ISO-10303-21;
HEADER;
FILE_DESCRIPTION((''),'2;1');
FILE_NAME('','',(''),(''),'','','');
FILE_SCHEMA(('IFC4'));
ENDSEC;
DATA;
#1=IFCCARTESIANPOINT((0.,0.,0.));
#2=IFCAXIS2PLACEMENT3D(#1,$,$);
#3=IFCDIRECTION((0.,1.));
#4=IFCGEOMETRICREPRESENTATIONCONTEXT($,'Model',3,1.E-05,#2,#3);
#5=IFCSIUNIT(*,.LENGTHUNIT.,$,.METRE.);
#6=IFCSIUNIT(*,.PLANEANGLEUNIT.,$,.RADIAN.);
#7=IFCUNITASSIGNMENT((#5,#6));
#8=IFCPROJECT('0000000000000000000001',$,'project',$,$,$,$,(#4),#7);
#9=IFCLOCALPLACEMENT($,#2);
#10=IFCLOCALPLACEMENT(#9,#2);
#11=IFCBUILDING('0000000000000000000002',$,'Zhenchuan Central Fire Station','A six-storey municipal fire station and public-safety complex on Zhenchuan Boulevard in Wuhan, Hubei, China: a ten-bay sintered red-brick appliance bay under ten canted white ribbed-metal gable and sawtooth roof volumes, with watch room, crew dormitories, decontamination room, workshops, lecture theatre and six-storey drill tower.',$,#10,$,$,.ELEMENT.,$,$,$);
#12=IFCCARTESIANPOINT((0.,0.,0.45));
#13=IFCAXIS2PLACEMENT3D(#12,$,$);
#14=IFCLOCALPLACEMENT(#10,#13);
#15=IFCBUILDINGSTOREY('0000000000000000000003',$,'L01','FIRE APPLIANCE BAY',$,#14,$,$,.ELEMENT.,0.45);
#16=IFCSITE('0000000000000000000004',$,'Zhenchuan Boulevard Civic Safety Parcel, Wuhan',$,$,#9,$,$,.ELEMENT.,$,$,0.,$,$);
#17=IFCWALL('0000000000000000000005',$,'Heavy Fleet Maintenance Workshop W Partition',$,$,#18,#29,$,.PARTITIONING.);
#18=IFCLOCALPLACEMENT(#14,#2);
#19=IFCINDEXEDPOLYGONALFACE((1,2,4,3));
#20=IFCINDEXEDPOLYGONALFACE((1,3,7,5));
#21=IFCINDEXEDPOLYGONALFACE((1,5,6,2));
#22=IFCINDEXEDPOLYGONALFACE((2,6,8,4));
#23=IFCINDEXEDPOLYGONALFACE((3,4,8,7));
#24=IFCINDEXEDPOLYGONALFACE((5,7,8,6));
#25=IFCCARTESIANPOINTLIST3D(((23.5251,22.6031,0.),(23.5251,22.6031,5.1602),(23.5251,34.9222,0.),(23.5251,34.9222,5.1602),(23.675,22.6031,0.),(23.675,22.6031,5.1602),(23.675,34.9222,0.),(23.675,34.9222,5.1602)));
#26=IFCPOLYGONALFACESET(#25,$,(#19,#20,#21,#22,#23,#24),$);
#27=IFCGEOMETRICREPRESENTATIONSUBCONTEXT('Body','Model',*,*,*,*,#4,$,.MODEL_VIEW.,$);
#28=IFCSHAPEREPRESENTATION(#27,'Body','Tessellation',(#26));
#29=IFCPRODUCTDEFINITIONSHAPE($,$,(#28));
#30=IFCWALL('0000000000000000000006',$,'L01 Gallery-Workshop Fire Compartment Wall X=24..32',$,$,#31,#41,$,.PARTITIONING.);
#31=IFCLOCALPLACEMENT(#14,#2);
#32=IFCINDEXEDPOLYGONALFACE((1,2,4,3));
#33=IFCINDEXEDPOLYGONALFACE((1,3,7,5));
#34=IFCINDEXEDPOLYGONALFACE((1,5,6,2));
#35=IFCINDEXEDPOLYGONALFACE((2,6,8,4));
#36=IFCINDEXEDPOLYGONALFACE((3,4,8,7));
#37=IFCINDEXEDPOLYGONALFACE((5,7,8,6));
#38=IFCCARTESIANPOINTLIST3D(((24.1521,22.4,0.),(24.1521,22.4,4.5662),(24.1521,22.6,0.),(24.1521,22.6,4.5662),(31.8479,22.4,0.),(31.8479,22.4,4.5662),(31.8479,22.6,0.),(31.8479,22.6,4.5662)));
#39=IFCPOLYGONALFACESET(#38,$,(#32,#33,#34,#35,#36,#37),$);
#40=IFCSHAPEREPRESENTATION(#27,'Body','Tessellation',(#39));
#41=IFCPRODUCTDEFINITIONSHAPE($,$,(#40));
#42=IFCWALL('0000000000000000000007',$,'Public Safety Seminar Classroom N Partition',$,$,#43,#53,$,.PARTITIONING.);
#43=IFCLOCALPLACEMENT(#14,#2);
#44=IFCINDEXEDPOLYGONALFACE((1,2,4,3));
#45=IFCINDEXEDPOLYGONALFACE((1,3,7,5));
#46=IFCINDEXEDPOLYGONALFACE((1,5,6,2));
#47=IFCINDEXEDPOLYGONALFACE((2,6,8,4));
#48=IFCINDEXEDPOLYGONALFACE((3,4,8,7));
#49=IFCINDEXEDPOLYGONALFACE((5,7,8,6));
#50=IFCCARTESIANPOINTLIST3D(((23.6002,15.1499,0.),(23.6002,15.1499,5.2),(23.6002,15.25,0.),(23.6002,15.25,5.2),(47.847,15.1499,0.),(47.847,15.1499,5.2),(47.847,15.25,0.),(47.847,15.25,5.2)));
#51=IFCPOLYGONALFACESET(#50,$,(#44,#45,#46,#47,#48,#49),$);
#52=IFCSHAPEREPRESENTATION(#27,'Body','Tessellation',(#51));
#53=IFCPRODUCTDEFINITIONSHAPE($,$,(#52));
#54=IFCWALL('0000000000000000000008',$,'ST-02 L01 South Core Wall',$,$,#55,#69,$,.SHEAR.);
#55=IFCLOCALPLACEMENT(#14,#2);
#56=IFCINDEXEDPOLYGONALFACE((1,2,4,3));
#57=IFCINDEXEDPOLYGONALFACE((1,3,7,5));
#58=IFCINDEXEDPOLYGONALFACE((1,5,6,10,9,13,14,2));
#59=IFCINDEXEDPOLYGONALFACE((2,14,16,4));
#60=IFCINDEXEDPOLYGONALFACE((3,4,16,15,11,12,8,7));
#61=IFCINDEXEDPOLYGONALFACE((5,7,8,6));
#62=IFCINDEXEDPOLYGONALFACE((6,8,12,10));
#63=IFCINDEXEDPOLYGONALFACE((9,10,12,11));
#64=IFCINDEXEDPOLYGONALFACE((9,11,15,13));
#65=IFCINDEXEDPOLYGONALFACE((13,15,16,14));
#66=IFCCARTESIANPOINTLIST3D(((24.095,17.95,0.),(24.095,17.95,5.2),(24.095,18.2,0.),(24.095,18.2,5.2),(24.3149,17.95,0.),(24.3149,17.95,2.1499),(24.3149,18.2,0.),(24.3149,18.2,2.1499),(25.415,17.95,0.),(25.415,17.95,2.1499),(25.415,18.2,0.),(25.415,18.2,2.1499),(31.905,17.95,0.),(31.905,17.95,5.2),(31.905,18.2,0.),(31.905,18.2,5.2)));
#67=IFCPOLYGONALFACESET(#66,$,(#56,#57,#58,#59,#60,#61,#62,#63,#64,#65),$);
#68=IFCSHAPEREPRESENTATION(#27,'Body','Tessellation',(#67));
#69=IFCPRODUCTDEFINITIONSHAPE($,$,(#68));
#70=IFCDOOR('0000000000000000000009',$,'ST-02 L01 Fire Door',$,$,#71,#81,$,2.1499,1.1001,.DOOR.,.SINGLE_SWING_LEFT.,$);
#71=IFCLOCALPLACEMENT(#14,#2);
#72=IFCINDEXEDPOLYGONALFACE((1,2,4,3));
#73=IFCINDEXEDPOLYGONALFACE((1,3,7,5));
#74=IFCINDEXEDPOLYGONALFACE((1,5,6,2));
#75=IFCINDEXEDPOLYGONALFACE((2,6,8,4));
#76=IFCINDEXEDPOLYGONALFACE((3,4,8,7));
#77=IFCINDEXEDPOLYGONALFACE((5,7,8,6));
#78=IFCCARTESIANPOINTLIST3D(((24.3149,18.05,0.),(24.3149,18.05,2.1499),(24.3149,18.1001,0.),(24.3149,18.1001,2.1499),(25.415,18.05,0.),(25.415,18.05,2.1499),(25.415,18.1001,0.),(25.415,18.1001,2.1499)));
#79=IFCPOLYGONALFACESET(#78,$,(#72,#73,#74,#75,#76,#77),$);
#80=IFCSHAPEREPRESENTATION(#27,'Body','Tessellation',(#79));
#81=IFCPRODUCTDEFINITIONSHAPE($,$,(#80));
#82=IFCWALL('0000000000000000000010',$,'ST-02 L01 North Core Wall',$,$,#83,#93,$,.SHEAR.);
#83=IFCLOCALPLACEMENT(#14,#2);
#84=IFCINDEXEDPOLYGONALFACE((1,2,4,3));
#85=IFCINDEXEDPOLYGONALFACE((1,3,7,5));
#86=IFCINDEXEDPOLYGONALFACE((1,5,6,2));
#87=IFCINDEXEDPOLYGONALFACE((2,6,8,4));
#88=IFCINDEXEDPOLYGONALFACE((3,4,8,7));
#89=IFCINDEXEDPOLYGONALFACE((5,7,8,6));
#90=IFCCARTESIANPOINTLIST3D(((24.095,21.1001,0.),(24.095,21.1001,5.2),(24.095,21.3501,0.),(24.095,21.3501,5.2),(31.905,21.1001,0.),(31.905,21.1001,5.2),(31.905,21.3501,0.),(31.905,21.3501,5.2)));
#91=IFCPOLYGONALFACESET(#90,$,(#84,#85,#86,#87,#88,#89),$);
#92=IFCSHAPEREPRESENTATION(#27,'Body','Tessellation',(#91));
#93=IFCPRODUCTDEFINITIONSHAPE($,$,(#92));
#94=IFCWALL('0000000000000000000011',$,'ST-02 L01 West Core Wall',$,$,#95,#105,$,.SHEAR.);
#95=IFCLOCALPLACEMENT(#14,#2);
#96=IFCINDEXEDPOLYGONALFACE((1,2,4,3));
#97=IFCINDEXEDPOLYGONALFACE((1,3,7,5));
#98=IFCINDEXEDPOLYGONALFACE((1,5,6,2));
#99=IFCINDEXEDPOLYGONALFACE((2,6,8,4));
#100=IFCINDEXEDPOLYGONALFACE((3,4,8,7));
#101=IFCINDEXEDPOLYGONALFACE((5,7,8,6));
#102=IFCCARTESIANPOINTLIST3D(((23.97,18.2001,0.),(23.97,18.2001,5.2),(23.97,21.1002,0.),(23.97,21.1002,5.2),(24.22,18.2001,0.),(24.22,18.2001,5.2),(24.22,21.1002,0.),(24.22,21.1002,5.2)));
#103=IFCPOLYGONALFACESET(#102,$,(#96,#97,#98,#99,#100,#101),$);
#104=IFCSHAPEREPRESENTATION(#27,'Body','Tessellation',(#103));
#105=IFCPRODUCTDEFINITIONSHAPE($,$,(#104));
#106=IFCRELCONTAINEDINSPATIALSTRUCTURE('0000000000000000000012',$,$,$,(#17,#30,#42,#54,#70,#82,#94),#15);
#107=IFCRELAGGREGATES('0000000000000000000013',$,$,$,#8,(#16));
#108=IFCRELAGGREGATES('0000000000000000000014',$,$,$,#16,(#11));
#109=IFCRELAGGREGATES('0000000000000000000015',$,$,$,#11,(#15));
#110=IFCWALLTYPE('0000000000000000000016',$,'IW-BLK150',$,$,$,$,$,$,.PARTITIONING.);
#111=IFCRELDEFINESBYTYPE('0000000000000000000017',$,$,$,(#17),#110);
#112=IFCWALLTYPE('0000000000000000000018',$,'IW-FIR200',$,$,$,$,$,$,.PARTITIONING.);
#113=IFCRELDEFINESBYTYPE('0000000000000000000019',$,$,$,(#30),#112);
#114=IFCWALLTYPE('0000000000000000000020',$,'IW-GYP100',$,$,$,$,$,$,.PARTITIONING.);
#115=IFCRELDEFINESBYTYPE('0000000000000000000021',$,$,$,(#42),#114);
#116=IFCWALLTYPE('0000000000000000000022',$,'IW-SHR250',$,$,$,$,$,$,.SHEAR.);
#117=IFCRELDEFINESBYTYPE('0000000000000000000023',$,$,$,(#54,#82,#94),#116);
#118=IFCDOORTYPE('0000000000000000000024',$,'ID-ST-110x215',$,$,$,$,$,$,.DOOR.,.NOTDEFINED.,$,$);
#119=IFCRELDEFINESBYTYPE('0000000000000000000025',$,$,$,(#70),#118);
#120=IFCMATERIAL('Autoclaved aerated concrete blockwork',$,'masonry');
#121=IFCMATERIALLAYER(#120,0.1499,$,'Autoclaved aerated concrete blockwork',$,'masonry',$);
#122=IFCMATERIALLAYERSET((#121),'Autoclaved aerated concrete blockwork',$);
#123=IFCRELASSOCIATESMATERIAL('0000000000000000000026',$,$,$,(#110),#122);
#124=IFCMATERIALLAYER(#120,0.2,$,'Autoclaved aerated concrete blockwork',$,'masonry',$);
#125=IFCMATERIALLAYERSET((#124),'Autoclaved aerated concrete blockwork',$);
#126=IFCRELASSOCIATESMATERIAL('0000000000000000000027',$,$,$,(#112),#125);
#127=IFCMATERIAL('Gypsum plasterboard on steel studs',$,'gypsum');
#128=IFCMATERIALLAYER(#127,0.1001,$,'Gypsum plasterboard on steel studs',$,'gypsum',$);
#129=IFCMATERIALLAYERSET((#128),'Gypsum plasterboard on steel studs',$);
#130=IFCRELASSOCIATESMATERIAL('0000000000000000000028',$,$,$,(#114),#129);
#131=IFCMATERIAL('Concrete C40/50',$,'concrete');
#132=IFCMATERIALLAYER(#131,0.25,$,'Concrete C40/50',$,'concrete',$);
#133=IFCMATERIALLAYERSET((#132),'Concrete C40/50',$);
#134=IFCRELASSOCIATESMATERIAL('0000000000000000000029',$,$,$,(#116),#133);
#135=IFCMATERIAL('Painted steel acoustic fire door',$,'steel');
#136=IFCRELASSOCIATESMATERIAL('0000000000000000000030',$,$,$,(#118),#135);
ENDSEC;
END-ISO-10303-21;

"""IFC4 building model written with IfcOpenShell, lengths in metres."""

from ifc_helpers import new_model, si_unit, direction, frame, frame_2d, origin, place, context, subcontext, project, spatial, rectangle, extrude, material, layer, layer_set, type_object, element, fill, save


model = new_model("IFC4")

# Units and contexts
model_context = context("Model", 3, precision=1e-05, world=origin(), true_north=direction((0.0, 1.0)))
body_context = subcontext(model_context, "Body", "Model", "MODEL_VIEW")
ifc_project = project(units=[si_unit("LENGTHUNIT", "METRE"), si_unit("PLANEANGLEUNIT", "RADIAN")], contexts=[model_context])

# Site, building, storey
site_placement = place(None, origin())
site = spatial("IfcSite", under=ifc_project, at=site_placement, Name="Zhenchuan Boulevard Civic Safety Parcel, Wuhan", CompositionType="ELEMENT", RefElevation=0.0)
building_placement = place(site_placement, origin())
building = spatial("IfcBuilding", under=site, at=building_placement, Name="Zhenchuan Central Fire Station", Description="A six-storey municipal fire station and public-safety complex on Zhenchuan Boulevard in Wuhan, Hubei, China: a ten-bay sintered red-brick appliance bay under ten canted white ribbed-metal gable and sawtooth roof volumes, with watch room, crew dormitories, decontamination room, workshops, lecture theatre and six-storey drill tower.", CompositionType="ELEMENT")
storey_placement = place(building_placement, frame((0.0, 0.0, 0.45)))
storey = spatial("IfcBuildingStorey", under=building, at=storey_placement, Name="L01", Description="FIRE APPLIANCE BAY", CompositionType="ELEMENT", Elevation=0.45)

# Shared definitions
ifc_material_1 = material(Name="Concrete C40/50", Category="concrete")

# Walls
ifc_material_2 = material(Name="Autoclaved aerated concrete blockwork", Category="masonry")
ifc_layer_1 = layer(ifc_material_2, 0.1499, Name="Autoclaved aerated concrete blockwork", Category="masonry")
ifc_layer_set_1 = layer_set([ifc_layer_1], Name="Autoclaved aerated concrete blockwork")
wall_type_1 = type_object("IfcWallType", Name="IW-BLK150", PredefinedType="PARTITIONING", material=ifc_layer_set_1)
wall_1_placement = place(storey_placement, frame((23.6001, 22.603, 0.0), z_axis=(0.0, 0.0, 1.0), x_axis=(0.0, 1.0, 0.0)))
element("IfcWall", 1, at=wall_1_placement, inside=storey, type_object=wall_type_1, Name="Heavy Fleet Maintenance Workshop W Partition", PredefinedType="PARTITIONING", context=body_context, shape_type="SweptSolid", body=[
    extrude(rectangle(XDim=12.3191, YDim=0.1499, at=frame_2d((6.1597, 0.0))), origin(), (0.0, 0.0, 1.0), 5.1602),
])
ifc_layer_2 = layer(ifc_material_2, 0.2, Name="Autoclaved aerated concrete blockwork", Category="masonry")
ifc_layer_set_2 = layer_set([ifc_layer_2], Name="Autoclaved aerated concrete blockwork")
wall_type_2 = type_object("IfcWallType", Name="IW-FIR200", PredefinedType="PARTITIONING", material=ifc_layer_set_2)
wall_2_placement = place(storey_placement, frame((24.1521, 22.5, 0.0), z_axis=(0.0, 0.0, 1.0), x_axis=(1.0, 0.0, 0.0)))
element("IfcWall", 2, at=wall_2_placement, inside=storey, type_object=wall_type_2, Name="L01 Gallery-Workshop Fire Compartment Wall X=24..32", PredefinedType="PARTITIONING", context=body_context, shape_type="SweptSolid", body=[
    extrude(rectangle(XDim=7.6958, YDim=0.2, at=frame_2d((3.8479, 0.0))), origin(), (0.0, 0.0, 1.0), 4.5662),
])
ifc_material_3 = material(Name="Gypsum plasterboard on steel studs", Category="gypsum")
ifc_layer_3 = layer(ifc_material_3, 0.1001, Name="Gypsum plasterboard on steel studs", Category="gypsum")
ifc_layer_set_3 = layer_set([ifc_layer_3], Name="Gypsum plasterboard on steel studs")
wall_type_3 = type_object("IfcWallType", Name="IW-GYP100", PredefinedType="PARTITIONING", material=ifc_layer_set_3)
wall_3_placement = place(storey_placement, frame((23.6001, 15.2, 0.0), z_axis=(0.0, 0.0, 1.0), x_axis=(1.0, 0.0, 0.0)))
element("IfcWall", 3, at=wall_3_placement, inside=storey, type_object=wall_type_3, Name="Public Safety Seminar Classroom N Partition", PredefinedType="PARTITIONING", context=body_context, shape_type="SweptSolid", body=[
    extrude(rectangle(XDim=24.2468, YDim=0.1001, at=frame_2d((12.1235, 0.0))), origin(), (0.0, 0.0, 1.0), 5.2),
])

# Wall, opening, door
ifc_layer_4 = layer(ifc_material_1, 0.25, Name="Concrete C40/50", Category="concrete")
ifc_layer_set_4 = layer_set([ifc_layer_4], Name="Concrete C40/50")
wall_type_4 = type_object("IfcWallType", Name="IW-SHR250", PredefinedType="SHEAR", material=ifc_layer_set_4)
wall_4_placement = place(storey_placement, frame((24.095, 18.075, 0.0), z_axis=(0.0, 0.0, 1.0), x_axis=(1.0, 0.0, 0.0)))
wall_4 = element("IfcWall", 4, at=wall_4_placement, inside=storey, type_object=wall_type_4, Name="ST-02 L01 South Core Wall", PredefinedType="SHEAR", context=body_context, shape_type="SweptSolid", body=[
    extrude(rectangle(XDim=7.8101, YDim=0.25, at=frame_2d((3.905, 0.0))), origin(), (0.0, 0.0, 1.0), 5.2),
])
opening_placement = place(wall_4_placement, frame((0.22, 0.0, 0.0)))
opening = element("IfcOpeningElement", 5, at=opening_placement, cuts=wall_4, PredefinedType="OPENING", context=body_context, shape_type="SweptSolid", body=[
    extrude(rectangle(XDim=1.1001, YDim=2.1499, at=frame_2d((0.55, 1.075))), frame((0.0, 0.135, 0.0), z_axis=(0.0, -1.0, 0.0), x_axis=(1.0, 0.0, 0.0)), (0.0, 0.0, 1.0), 0.27),
])
ifc_material_4 = material(Name="Painted steel acoustic fire door", Category="steel")
door_type = type_object("IfcDoorType", Name="ID-ST-110x215", OperationType="NOTDEFINED", PredefinedType="DOOR", material=ifc_material_4)
door_placement = place(opening_placement, frame((1.1001, 0.0, 0.0), z_axis=(0.0, 0.0, 1.0), x_axis=(-1.0, 0.0, 0.0)))
door = element("IfcDoor", 6, at=door_placement, inside=storey, type_object=door_type, Name="ST-02 L01 Fire Door", OperationType="SINGLE_SWING_LEFT", OverallHeight=2.1499, OverallWidth=1.1001, PredefinedType="DOOR", context=body_context, shape_type="SweptSolid", body=[
    extrude(rectangle(XDim=1.1001, YDim=2.1499, at=frame_2d((0.55, 1.075))), frame((0.0, 0.0249, 0.0), z_axis=(0.0, -1.0, 0.0), x_axis=(1.0, 0.0, 0.0)), (0.0, 0.0, 1.0), 0.05),
])
fill(opening, door)

# Walls
wall_5_placement = place(storey_placement, frame((24.095, 21.2251, 0.0), z_axis=(0.0, 0.0, 1.0), x_axis=(1.0, 0.0, 0.0)))
element("IfcWall", 7, at=wall_5_placement, inside=storey, type_object=wall_type_4, Name="ST-02 L01 North Core Wall", PredefinedType="SHEAR", context=body_context, shape_type="SweptSolid", body=[
    extrude(rectangle(XDim=7.8101, YDim=0.25, at=frame_2d((3.905, 0.0))), origin(), (0.0, 0.0, 1.0), 5.2),
])
wall_6_placement = place(storey_placement, frame((24.095, 18.2, 0.0), z_axis=(0.0, 0.0, 1.0), x_axis=(0.0, 1.0, 0.0)))
element("IfcWall", 8, at=wall_6_placement, inside=storey, type_object=wall_type_4, Name="ST-02 L01 West Core Wall", PredefinedType="SHEAR", context=body_context, shape_type="SweptSolid", body=[
    extrude(rectangle(XDim=2.9001, YDim=0.25, at=frame_2d((1.4502, 0.0))), origin(), (0.0, 0.0, 1.0), 5.2),
])

save(model, "model.ifc")
